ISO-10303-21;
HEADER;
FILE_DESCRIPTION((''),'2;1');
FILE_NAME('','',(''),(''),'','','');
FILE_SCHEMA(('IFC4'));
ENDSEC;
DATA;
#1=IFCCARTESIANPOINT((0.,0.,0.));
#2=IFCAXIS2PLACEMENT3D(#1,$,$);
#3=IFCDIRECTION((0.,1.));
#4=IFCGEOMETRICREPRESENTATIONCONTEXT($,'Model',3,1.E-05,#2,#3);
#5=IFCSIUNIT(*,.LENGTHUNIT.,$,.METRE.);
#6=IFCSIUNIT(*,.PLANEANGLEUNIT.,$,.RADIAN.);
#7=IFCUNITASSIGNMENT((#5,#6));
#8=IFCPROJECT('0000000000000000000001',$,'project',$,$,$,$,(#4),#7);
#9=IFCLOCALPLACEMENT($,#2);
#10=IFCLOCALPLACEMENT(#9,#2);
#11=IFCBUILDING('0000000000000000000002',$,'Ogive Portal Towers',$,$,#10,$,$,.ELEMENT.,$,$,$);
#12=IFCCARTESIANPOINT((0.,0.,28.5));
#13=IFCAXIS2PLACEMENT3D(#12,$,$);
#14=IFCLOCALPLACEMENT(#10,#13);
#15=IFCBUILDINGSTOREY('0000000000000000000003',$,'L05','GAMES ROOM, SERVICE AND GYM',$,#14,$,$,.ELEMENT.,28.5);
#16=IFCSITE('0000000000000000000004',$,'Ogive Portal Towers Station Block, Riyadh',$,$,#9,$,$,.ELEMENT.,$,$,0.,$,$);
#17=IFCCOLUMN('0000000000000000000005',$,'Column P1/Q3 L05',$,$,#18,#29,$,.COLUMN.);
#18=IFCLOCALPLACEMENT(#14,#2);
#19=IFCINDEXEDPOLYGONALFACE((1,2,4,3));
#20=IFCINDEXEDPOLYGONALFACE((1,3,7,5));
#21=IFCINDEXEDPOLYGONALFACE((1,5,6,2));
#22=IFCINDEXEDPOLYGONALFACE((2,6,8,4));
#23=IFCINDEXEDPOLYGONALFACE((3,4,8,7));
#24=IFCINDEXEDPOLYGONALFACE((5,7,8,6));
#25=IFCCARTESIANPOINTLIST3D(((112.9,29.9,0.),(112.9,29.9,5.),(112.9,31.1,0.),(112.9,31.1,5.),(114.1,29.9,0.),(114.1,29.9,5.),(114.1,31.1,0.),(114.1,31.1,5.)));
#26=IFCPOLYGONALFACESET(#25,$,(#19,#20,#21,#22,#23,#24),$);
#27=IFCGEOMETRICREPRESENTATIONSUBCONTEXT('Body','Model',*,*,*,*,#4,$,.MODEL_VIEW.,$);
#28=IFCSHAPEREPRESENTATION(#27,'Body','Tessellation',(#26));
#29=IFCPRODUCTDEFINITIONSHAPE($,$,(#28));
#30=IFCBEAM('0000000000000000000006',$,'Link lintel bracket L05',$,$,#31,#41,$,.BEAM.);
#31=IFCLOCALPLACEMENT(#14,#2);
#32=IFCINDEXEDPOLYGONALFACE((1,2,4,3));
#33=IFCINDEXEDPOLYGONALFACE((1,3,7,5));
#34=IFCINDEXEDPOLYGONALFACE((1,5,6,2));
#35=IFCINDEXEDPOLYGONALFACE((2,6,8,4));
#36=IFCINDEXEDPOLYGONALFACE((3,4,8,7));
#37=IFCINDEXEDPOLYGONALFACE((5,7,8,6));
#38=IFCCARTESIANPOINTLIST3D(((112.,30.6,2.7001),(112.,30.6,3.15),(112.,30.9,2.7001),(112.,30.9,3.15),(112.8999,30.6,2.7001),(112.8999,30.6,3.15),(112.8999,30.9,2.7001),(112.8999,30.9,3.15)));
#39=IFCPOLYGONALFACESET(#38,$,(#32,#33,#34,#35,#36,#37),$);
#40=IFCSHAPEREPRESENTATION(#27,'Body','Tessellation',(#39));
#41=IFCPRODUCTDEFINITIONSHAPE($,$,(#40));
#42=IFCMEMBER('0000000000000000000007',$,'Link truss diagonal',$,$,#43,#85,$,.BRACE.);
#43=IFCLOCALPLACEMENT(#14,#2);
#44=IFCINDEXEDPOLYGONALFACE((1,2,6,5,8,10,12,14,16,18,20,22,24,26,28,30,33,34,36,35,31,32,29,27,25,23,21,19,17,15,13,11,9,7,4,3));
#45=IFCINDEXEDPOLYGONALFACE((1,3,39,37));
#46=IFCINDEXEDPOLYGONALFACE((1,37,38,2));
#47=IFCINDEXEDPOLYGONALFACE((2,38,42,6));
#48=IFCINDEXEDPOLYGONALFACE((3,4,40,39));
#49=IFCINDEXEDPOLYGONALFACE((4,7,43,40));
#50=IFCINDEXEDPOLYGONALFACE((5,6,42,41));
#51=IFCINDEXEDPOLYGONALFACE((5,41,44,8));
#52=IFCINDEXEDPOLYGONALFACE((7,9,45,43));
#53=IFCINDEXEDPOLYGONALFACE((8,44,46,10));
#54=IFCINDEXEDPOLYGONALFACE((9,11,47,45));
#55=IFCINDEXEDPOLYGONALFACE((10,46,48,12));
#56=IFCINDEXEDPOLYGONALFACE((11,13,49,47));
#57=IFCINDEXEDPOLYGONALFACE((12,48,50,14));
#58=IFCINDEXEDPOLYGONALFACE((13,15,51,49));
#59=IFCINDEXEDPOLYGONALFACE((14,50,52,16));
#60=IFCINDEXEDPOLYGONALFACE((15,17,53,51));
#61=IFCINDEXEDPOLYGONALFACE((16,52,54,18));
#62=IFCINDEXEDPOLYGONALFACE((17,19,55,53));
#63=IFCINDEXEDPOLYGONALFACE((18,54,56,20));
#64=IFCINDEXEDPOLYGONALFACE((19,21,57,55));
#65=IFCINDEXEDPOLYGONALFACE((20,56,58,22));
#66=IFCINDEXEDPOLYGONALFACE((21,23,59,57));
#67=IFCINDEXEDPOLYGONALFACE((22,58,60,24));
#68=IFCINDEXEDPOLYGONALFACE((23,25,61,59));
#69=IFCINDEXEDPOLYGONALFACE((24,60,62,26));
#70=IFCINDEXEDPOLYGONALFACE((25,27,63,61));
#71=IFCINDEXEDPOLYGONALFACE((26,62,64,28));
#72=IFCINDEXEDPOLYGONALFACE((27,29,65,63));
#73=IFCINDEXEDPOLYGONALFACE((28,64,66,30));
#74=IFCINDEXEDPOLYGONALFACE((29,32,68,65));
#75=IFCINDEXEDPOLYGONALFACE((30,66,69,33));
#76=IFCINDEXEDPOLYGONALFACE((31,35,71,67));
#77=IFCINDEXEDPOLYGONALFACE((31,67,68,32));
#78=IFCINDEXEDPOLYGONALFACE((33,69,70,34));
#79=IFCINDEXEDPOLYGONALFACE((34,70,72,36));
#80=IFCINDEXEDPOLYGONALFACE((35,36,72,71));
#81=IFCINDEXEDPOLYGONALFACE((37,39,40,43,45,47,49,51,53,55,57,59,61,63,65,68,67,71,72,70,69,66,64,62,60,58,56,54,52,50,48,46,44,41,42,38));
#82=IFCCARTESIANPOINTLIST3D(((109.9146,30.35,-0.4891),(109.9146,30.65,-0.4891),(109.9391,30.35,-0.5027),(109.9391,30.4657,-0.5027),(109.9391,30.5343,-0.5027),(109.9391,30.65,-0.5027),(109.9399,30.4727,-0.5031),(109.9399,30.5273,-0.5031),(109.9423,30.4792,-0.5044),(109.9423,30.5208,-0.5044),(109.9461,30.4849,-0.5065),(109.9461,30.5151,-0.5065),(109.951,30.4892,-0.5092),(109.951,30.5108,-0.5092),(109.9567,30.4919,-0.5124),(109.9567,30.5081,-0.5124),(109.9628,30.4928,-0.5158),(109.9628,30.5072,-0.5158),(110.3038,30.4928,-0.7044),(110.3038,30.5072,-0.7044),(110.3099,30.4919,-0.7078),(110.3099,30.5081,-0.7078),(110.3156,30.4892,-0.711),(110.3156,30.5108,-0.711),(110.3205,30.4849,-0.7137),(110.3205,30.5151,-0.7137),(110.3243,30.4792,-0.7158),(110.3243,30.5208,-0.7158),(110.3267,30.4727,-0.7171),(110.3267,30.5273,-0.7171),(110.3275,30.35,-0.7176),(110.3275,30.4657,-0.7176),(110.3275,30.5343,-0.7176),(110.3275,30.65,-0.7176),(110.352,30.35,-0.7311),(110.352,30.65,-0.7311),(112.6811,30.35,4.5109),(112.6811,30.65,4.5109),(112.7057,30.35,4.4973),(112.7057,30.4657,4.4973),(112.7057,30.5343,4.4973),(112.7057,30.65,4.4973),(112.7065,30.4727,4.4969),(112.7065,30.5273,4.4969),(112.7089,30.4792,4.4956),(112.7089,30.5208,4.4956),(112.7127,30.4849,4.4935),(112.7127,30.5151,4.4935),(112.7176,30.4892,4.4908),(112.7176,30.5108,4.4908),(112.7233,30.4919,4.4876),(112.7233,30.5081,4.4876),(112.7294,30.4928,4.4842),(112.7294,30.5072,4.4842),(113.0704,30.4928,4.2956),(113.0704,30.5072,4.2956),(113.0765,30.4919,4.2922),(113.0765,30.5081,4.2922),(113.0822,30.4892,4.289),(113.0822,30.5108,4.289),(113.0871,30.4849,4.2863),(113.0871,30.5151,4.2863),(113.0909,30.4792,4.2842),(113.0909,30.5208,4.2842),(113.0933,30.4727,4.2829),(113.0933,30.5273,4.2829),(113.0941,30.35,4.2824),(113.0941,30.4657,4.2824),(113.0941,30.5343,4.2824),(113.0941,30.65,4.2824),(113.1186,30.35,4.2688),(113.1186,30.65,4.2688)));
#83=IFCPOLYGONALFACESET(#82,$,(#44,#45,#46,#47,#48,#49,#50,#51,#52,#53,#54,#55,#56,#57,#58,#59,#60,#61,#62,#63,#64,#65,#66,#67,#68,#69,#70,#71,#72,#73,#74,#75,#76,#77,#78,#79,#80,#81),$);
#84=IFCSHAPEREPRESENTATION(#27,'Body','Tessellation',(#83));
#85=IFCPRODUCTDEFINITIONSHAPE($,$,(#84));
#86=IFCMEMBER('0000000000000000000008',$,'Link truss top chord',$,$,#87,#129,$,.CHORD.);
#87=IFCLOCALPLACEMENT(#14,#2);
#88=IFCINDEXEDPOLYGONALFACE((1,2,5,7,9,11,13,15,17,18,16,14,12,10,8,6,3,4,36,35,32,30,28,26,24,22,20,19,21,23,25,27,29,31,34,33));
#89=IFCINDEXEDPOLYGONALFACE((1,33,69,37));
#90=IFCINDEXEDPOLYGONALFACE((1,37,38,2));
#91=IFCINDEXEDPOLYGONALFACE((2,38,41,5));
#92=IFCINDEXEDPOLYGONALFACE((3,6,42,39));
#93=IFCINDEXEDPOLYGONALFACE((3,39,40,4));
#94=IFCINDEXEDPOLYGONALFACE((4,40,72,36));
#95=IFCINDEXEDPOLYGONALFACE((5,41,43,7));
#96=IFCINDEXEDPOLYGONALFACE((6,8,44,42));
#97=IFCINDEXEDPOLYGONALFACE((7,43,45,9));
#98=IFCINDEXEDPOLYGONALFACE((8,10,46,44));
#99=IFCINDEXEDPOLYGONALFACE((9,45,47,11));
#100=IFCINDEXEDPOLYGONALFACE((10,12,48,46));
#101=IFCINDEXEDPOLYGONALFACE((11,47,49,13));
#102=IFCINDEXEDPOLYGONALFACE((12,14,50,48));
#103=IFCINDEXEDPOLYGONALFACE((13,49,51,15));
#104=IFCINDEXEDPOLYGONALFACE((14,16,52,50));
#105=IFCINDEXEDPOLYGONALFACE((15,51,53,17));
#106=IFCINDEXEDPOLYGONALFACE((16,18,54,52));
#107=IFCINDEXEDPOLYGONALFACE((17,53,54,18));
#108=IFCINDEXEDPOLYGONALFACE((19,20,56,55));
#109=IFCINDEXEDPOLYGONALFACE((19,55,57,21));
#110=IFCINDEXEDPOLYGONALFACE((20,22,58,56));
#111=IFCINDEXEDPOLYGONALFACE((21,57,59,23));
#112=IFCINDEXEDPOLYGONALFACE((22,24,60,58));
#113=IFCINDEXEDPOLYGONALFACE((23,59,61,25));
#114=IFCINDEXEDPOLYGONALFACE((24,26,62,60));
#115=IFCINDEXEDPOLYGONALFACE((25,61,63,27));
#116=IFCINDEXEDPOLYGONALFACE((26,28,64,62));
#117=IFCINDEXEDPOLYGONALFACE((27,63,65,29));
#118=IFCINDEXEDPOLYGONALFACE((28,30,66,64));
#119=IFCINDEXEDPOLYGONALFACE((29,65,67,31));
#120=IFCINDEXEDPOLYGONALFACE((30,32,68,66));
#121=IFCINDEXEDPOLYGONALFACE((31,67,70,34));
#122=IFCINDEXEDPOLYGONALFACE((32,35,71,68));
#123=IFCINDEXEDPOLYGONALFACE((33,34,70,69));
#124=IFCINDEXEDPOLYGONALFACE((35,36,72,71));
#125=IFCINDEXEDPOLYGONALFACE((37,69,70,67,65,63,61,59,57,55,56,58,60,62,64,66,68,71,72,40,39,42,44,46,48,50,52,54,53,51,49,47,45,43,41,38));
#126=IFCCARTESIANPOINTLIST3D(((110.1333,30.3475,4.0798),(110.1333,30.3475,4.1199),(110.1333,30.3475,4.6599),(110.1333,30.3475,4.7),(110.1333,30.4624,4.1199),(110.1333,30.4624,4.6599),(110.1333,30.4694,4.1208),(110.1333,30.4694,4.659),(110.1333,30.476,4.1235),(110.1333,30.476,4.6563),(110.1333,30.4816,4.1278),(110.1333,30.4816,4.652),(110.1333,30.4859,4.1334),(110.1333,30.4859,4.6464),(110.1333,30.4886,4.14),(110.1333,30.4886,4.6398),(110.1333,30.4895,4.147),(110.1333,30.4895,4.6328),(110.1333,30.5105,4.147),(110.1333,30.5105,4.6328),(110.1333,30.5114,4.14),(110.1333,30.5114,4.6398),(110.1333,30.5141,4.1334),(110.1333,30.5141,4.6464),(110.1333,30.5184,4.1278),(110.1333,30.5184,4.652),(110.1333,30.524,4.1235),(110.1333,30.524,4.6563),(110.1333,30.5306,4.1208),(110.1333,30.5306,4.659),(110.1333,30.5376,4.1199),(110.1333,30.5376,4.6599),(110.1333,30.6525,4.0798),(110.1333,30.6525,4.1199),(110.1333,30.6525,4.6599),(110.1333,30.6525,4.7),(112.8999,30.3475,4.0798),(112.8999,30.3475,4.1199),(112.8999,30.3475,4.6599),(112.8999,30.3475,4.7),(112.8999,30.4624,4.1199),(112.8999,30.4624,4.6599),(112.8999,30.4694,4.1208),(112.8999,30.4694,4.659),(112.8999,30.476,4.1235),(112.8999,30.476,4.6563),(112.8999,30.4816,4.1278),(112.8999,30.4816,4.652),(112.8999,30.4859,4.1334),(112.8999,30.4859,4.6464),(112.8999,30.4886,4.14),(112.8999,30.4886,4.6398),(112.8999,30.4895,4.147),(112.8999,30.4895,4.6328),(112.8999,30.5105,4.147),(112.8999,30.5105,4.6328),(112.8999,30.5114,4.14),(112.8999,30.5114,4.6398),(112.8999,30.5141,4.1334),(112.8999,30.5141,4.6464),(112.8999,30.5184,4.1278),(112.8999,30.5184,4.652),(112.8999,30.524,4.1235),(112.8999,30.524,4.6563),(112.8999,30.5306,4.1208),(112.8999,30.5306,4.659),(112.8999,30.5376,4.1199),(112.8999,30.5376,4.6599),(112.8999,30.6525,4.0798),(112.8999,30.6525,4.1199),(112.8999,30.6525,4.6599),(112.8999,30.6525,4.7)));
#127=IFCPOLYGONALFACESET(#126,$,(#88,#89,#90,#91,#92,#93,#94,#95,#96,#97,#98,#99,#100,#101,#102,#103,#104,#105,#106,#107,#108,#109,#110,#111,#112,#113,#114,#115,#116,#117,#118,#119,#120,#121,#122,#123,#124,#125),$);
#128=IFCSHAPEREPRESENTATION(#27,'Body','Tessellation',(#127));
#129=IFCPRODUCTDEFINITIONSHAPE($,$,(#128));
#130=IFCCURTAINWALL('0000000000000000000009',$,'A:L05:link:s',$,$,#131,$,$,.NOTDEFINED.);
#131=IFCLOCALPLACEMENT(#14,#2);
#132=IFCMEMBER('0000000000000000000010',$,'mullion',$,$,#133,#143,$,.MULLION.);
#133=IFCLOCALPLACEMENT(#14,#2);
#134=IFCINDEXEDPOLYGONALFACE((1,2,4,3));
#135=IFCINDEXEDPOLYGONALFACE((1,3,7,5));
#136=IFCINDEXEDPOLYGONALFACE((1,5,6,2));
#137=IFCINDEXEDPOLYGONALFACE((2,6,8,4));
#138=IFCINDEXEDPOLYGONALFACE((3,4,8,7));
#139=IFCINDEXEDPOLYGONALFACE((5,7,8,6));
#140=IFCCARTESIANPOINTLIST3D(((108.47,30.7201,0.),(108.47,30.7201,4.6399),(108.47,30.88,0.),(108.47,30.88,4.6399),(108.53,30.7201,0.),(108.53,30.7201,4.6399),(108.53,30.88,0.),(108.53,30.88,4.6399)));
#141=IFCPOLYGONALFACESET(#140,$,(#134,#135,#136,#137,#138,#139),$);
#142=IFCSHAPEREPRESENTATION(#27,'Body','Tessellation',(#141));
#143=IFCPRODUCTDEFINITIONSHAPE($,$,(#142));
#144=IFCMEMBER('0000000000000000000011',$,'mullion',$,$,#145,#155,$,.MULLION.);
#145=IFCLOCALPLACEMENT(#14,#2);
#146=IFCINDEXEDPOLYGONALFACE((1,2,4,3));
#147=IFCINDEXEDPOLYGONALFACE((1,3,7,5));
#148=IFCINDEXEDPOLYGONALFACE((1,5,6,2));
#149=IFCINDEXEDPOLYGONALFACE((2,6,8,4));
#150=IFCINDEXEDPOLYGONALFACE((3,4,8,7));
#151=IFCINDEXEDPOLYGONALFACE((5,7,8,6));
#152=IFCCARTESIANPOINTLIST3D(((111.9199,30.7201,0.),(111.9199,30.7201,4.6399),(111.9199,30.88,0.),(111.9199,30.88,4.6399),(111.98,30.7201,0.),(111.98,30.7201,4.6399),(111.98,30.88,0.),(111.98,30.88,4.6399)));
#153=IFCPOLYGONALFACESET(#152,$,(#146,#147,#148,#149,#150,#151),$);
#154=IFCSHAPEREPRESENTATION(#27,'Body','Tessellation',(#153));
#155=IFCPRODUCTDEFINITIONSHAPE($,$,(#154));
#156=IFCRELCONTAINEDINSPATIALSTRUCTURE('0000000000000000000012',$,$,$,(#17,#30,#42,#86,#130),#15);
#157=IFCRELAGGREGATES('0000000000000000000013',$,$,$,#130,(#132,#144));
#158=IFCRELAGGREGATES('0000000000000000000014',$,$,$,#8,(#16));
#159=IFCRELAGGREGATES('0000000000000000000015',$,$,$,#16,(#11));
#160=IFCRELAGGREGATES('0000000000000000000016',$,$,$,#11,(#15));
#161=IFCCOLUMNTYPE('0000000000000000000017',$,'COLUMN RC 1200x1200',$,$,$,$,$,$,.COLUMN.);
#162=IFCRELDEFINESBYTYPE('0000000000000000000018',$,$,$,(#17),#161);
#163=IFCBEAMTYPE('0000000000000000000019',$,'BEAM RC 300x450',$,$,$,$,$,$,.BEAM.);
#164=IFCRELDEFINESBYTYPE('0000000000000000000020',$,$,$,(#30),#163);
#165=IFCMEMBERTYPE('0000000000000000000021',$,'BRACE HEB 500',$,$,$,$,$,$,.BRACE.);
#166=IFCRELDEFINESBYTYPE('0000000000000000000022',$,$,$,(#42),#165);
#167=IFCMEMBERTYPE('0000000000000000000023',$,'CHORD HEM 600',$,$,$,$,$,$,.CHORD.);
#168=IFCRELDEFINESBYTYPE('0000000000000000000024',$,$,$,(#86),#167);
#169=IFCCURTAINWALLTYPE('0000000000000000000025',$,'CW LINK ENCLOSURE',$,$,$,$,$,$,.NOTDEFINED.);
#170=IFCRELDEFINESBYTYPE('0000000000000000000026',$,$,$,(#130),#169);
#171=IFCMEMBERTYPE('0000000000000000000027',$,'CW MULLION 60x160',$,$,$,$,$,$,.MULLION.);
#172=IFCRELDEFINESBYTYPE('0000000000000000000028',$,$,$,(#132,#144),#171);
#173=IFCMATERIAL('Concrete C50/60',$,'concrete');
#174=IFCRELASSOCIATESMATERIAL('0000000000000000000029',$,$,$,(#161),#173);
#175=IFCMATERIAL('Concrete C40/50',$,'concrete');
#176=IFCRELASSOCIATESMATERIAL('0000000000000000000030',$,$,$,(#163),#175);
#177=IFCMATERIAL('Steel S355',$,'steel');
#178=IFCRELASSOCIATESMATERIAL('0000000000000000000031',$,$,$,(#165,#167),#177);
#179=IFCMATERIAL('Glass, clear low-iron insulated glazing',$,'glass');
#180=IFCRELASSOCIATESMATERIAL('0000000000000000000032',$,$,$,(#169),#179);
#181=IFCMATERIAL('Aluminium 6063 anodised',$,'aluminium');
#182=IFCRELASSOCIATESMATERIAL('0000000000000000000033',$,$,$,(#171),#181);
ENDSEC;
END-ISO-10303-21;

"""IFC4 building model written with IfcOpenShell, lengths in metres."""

from ifc_helpers import new_model, si_unit, direction, frame, origin, origin_2d, place, context, subcontext, project, spatial, rectangle, i_section, extrude, material, material_profile, profile_set, type_object, element, aggregate, save


model = new_model("IFC4")

# Units and contexts
model_context = context("Model", 3, precision=1e-05, world=origin(), true_north=direction((0.0, 1.0)))
body_context = subcontext(model_context, "Body", "Model", "MODEL_VIEW")
ifc_project = project(units=[si_unit("LENGTHUNIT", "METRE"), si_unit("PLANEANGLEUNIT", "RADIAN")], contexts=[model_context])

# Site, building, storey
site_placement = place(None, origin())
site = spatial("IfcSite", under=ifc_project, at=site_placement, Name="Ogive Portal Towers Station Block, Riyadh", CompositionType="ELEMENT", RefElevation=0.0)
building_placement = place(site_placement, origin())
building = spatial("IfcBuilding", under=site, at=building_placement, Name="Ogive Portal Towers", CompositionType="ELEMENT")
storey_placement = place(building_placement, frame((0.0, 0.0, 28.5)))
storey = spatial("IfcBuildingStorey", under=building, at=storey_placement, Name="L05", Description="GAMES ROOM, SERVICE AND GYM", CompositionType="ELEMENT", Elevation=28.5)

# Column
ifc_material_1 = material(Name="Concrete C50/60", Category="concrete")
ifc_material_profile_1 = material_profile(ifc_material_1, rectangle(XDim=1.2, YDim=1.2, at=origin_2d()), Name="RC 1200x1200")
ifc_profile_set_1 = profile_set([ifc_material_profile_1], Name="Concrete C50/60")
column_type = type_object("IfcColumnType", Name="COLUMN RC 1200x1200", PredefinedType="COLUMN", material=ifc_profile_set_1)
column_placement = place(storey_placement, frame((113.5, 30.5, 0.0), z_axis=(0.0, 0.0, 1.0), x_axis=(1.0, 0.0, 0.0)))
element("IfcColumn", 1, at=column_placement, inside=storey, type_object=column_type, Name="Column P1/Q3 L05", PredefinedType="COLUMN", context=body_context, shape_type="SweptSolid", body=[
    extrude(rectangle(XDim=1.2, YDim=1.2, at=origin_2d()), origin(), (0.0, 0.0, 1.0), 5.0),
])

# Beam
ifc_material_2 = material(Name="Concrete C40/50", Category="concrete")
ifc_material_profile_2 = material_profile(ifc_material_2, rectangle(XDim=0.3, YDim=0.45, at=origin_2d()), Name="RC 300x450")
ifc_profile_set_2 = profile_set([ifc_material_profile_2], Name="Concrete C40/50")
beam_type = type_object("IfcBeamType", Name="BEAM RC 300x450", PredefinedType="BEAM", material=ifc_profile_set_2)
beam_placement = place(storey_placement, frame((112.8999, 30.75, 2.925), z_axis=(-1.0, 0.0, 0.0), x_axis=(0.0, -1.0, 0.0)))
element("IfcBeam", 2, at=beam_placement, inside=storey, type_object=beam_type, Name="Link lintel bracket L05", PredefinedType="BEAM", context=body_context, shape_type="SweptSolid", body=[
    extrude(rectangle(XDim=0.3, YDim=0.45, at=origin_2d()), origin(), (0.0, 0.0, 1.0), 0.8999),
])

# Members
ifc_material_3 = material(Name="Steel S355", Category="steel")
ifc_material_profile_3 = material_profile(ifc_material_3, i_section(OverallWidth=0.3, OverallDepth=0.5, WebThickness=0.0144, FlangeThickness=0.0281, FilletRadius=0.0271, at=origin_2d()), Name="HEB 500")
ifc_profile_set_3 = profile_set([ifc_material_profile_3], Name="Steel S355")
member_type_1 = type_object("IfcMemberType", Name="BRACE HEB 500", PredefinedType="BRACE", material=ifc_profile_set_3)
member_1_placement = place(storey_placement, frame((110.1333, 30.5, -0.6101), z_axis=(0.484148, 0.0, 0.874986), x_axis=(0.0, 1.0, 0.0)))
element("IfcMember", 3, at=member_1_placement, inside=storey, type_object=member_type_1, Name="Link truss diagonal", PredefinedType="BRACE", context=body_context, shape_type="SweptSolid", body=[
    extrude(i_section(OverallWidth=0.3, OverallDepth=0.5, WebThickness=0.0144, FlangeThickness=0.0281, FilletRadius=0.0271, at=origin_2d()), origin(), (0.0, 0.0, 1.0), 5.7144),
])
ifc_material_profile_4 = material_profile(ifc_material_3, i_section(OverallWidth=0.3049, OverallDepth=0.6201, WebThickness=0.021, FlangeThickness=0.04, FilletRadius=0.0271, at=origin_2d()), Name="HEM 600")
ifc_profile_set_4 = profile_set([ifc_material_profile_4], Name="Steel S355")
member_type_2 = type_object("IfcMemberType", Name="CHORD HEM 600", PredefinedType="CHORD", material=ifc_profile_set_4)
member_2_placement = place(storey_placement, frame((110.1333, 30.5, 4.3899), z_axis=(1.0, 0.0, 0.0), x_axis=(0.0, 1.0, 0.0)))
element("IfcMember", 4, at=member_2_placement, inside=storey, type_object=member_type_2, Name="Link truss top chord", PredefinedType="CHORD", context=body_context, shape_type="SweptSolid", body=[
    extrude(i_section(OverallWidth=0.3049, OverallDepth=0.6201, WebThickness=0.021, FlangeThickness=0.04, FilletRadius=0.0271, at=origin_2d()), origin(), (0.0, 0.0, 1.0), 2.7666),
])

# Curtain wall, members
ifc_material_4 = material(Name="Glass, clear low-iron insulated glazing", Category="glass")
curtain_wall_type = type_object("IfcCurtainWallType", Name="CW LINK ENCLOSURE", PredefinedType="NOTDEFINED", material=ifc_material_4)
curtain_wall_placement = place(storey_placement, origin())
curtain_wall = element("IfcCurtainWall", 5, at=curtain_wall_placement, inside=storey, type_object=curtain_wall_type, Name="A:L05:link:s", PredefinedType="NOTDEFINED")
ifc_material_5 = material(Name="Aluminium 6063 anodised", Category="aluminium")
ifc_material_profile_5 = material_profile(ifc_material_5, rectangle(XDim=0.1599, YDim=0.0601, at=origin_2d()), Name="AL 60x160")
ifc_profile_set_5 = profile_set([ifc_material_profile_5], Name="Aluminium 6063 anodised")
member_type_3 = type_object("IfcMemberType", Name="CW MULLION 60x160", PredefinedType="MULLION", material=ifc_profile_set_5)
member_3_placement = place(storey_placement, frame((108.5, 30.8, 0.0), z_axis=(0.0, 0.0, 1.0), x_axis=(0.0, 1.0, 0.0)))
member_3 = element("IfcMember", 6, at=member_3_placement, type_object=member_type_3, Name="mullion", PredefinedType="MULLION", context=body_context, shape_type="SweptSolid", body=[
    extrude(rectangle(XDim=0.1599, YDim=0.0601, at=origin_2d()), origin(), (0.0, 0.0, 1.0), 4.6399),
])
member_4_placement = place(storey_placement, frame((111.95, 30.8, 0.0), z_axis=(0.0, 0.0, 1.0), x_axis=(0.0, 1.0, 0.0)))
member_4 = element("IfcMember", 7, at=member_4_placement, type_object=member_type_3, Name="mullion", PredefinedType="MULLION", context=body_context, shape_type="SweptSolid", body=[
    extrude(rectangle(XDim=0.1599, YDim=0.0601, at=origin_2d()), origin(), (0.0, 0.0, 1.0), 4.6399),
])

aggregate(curtain_wall, [member_3, member_4])

save(model, "model.ifc")
